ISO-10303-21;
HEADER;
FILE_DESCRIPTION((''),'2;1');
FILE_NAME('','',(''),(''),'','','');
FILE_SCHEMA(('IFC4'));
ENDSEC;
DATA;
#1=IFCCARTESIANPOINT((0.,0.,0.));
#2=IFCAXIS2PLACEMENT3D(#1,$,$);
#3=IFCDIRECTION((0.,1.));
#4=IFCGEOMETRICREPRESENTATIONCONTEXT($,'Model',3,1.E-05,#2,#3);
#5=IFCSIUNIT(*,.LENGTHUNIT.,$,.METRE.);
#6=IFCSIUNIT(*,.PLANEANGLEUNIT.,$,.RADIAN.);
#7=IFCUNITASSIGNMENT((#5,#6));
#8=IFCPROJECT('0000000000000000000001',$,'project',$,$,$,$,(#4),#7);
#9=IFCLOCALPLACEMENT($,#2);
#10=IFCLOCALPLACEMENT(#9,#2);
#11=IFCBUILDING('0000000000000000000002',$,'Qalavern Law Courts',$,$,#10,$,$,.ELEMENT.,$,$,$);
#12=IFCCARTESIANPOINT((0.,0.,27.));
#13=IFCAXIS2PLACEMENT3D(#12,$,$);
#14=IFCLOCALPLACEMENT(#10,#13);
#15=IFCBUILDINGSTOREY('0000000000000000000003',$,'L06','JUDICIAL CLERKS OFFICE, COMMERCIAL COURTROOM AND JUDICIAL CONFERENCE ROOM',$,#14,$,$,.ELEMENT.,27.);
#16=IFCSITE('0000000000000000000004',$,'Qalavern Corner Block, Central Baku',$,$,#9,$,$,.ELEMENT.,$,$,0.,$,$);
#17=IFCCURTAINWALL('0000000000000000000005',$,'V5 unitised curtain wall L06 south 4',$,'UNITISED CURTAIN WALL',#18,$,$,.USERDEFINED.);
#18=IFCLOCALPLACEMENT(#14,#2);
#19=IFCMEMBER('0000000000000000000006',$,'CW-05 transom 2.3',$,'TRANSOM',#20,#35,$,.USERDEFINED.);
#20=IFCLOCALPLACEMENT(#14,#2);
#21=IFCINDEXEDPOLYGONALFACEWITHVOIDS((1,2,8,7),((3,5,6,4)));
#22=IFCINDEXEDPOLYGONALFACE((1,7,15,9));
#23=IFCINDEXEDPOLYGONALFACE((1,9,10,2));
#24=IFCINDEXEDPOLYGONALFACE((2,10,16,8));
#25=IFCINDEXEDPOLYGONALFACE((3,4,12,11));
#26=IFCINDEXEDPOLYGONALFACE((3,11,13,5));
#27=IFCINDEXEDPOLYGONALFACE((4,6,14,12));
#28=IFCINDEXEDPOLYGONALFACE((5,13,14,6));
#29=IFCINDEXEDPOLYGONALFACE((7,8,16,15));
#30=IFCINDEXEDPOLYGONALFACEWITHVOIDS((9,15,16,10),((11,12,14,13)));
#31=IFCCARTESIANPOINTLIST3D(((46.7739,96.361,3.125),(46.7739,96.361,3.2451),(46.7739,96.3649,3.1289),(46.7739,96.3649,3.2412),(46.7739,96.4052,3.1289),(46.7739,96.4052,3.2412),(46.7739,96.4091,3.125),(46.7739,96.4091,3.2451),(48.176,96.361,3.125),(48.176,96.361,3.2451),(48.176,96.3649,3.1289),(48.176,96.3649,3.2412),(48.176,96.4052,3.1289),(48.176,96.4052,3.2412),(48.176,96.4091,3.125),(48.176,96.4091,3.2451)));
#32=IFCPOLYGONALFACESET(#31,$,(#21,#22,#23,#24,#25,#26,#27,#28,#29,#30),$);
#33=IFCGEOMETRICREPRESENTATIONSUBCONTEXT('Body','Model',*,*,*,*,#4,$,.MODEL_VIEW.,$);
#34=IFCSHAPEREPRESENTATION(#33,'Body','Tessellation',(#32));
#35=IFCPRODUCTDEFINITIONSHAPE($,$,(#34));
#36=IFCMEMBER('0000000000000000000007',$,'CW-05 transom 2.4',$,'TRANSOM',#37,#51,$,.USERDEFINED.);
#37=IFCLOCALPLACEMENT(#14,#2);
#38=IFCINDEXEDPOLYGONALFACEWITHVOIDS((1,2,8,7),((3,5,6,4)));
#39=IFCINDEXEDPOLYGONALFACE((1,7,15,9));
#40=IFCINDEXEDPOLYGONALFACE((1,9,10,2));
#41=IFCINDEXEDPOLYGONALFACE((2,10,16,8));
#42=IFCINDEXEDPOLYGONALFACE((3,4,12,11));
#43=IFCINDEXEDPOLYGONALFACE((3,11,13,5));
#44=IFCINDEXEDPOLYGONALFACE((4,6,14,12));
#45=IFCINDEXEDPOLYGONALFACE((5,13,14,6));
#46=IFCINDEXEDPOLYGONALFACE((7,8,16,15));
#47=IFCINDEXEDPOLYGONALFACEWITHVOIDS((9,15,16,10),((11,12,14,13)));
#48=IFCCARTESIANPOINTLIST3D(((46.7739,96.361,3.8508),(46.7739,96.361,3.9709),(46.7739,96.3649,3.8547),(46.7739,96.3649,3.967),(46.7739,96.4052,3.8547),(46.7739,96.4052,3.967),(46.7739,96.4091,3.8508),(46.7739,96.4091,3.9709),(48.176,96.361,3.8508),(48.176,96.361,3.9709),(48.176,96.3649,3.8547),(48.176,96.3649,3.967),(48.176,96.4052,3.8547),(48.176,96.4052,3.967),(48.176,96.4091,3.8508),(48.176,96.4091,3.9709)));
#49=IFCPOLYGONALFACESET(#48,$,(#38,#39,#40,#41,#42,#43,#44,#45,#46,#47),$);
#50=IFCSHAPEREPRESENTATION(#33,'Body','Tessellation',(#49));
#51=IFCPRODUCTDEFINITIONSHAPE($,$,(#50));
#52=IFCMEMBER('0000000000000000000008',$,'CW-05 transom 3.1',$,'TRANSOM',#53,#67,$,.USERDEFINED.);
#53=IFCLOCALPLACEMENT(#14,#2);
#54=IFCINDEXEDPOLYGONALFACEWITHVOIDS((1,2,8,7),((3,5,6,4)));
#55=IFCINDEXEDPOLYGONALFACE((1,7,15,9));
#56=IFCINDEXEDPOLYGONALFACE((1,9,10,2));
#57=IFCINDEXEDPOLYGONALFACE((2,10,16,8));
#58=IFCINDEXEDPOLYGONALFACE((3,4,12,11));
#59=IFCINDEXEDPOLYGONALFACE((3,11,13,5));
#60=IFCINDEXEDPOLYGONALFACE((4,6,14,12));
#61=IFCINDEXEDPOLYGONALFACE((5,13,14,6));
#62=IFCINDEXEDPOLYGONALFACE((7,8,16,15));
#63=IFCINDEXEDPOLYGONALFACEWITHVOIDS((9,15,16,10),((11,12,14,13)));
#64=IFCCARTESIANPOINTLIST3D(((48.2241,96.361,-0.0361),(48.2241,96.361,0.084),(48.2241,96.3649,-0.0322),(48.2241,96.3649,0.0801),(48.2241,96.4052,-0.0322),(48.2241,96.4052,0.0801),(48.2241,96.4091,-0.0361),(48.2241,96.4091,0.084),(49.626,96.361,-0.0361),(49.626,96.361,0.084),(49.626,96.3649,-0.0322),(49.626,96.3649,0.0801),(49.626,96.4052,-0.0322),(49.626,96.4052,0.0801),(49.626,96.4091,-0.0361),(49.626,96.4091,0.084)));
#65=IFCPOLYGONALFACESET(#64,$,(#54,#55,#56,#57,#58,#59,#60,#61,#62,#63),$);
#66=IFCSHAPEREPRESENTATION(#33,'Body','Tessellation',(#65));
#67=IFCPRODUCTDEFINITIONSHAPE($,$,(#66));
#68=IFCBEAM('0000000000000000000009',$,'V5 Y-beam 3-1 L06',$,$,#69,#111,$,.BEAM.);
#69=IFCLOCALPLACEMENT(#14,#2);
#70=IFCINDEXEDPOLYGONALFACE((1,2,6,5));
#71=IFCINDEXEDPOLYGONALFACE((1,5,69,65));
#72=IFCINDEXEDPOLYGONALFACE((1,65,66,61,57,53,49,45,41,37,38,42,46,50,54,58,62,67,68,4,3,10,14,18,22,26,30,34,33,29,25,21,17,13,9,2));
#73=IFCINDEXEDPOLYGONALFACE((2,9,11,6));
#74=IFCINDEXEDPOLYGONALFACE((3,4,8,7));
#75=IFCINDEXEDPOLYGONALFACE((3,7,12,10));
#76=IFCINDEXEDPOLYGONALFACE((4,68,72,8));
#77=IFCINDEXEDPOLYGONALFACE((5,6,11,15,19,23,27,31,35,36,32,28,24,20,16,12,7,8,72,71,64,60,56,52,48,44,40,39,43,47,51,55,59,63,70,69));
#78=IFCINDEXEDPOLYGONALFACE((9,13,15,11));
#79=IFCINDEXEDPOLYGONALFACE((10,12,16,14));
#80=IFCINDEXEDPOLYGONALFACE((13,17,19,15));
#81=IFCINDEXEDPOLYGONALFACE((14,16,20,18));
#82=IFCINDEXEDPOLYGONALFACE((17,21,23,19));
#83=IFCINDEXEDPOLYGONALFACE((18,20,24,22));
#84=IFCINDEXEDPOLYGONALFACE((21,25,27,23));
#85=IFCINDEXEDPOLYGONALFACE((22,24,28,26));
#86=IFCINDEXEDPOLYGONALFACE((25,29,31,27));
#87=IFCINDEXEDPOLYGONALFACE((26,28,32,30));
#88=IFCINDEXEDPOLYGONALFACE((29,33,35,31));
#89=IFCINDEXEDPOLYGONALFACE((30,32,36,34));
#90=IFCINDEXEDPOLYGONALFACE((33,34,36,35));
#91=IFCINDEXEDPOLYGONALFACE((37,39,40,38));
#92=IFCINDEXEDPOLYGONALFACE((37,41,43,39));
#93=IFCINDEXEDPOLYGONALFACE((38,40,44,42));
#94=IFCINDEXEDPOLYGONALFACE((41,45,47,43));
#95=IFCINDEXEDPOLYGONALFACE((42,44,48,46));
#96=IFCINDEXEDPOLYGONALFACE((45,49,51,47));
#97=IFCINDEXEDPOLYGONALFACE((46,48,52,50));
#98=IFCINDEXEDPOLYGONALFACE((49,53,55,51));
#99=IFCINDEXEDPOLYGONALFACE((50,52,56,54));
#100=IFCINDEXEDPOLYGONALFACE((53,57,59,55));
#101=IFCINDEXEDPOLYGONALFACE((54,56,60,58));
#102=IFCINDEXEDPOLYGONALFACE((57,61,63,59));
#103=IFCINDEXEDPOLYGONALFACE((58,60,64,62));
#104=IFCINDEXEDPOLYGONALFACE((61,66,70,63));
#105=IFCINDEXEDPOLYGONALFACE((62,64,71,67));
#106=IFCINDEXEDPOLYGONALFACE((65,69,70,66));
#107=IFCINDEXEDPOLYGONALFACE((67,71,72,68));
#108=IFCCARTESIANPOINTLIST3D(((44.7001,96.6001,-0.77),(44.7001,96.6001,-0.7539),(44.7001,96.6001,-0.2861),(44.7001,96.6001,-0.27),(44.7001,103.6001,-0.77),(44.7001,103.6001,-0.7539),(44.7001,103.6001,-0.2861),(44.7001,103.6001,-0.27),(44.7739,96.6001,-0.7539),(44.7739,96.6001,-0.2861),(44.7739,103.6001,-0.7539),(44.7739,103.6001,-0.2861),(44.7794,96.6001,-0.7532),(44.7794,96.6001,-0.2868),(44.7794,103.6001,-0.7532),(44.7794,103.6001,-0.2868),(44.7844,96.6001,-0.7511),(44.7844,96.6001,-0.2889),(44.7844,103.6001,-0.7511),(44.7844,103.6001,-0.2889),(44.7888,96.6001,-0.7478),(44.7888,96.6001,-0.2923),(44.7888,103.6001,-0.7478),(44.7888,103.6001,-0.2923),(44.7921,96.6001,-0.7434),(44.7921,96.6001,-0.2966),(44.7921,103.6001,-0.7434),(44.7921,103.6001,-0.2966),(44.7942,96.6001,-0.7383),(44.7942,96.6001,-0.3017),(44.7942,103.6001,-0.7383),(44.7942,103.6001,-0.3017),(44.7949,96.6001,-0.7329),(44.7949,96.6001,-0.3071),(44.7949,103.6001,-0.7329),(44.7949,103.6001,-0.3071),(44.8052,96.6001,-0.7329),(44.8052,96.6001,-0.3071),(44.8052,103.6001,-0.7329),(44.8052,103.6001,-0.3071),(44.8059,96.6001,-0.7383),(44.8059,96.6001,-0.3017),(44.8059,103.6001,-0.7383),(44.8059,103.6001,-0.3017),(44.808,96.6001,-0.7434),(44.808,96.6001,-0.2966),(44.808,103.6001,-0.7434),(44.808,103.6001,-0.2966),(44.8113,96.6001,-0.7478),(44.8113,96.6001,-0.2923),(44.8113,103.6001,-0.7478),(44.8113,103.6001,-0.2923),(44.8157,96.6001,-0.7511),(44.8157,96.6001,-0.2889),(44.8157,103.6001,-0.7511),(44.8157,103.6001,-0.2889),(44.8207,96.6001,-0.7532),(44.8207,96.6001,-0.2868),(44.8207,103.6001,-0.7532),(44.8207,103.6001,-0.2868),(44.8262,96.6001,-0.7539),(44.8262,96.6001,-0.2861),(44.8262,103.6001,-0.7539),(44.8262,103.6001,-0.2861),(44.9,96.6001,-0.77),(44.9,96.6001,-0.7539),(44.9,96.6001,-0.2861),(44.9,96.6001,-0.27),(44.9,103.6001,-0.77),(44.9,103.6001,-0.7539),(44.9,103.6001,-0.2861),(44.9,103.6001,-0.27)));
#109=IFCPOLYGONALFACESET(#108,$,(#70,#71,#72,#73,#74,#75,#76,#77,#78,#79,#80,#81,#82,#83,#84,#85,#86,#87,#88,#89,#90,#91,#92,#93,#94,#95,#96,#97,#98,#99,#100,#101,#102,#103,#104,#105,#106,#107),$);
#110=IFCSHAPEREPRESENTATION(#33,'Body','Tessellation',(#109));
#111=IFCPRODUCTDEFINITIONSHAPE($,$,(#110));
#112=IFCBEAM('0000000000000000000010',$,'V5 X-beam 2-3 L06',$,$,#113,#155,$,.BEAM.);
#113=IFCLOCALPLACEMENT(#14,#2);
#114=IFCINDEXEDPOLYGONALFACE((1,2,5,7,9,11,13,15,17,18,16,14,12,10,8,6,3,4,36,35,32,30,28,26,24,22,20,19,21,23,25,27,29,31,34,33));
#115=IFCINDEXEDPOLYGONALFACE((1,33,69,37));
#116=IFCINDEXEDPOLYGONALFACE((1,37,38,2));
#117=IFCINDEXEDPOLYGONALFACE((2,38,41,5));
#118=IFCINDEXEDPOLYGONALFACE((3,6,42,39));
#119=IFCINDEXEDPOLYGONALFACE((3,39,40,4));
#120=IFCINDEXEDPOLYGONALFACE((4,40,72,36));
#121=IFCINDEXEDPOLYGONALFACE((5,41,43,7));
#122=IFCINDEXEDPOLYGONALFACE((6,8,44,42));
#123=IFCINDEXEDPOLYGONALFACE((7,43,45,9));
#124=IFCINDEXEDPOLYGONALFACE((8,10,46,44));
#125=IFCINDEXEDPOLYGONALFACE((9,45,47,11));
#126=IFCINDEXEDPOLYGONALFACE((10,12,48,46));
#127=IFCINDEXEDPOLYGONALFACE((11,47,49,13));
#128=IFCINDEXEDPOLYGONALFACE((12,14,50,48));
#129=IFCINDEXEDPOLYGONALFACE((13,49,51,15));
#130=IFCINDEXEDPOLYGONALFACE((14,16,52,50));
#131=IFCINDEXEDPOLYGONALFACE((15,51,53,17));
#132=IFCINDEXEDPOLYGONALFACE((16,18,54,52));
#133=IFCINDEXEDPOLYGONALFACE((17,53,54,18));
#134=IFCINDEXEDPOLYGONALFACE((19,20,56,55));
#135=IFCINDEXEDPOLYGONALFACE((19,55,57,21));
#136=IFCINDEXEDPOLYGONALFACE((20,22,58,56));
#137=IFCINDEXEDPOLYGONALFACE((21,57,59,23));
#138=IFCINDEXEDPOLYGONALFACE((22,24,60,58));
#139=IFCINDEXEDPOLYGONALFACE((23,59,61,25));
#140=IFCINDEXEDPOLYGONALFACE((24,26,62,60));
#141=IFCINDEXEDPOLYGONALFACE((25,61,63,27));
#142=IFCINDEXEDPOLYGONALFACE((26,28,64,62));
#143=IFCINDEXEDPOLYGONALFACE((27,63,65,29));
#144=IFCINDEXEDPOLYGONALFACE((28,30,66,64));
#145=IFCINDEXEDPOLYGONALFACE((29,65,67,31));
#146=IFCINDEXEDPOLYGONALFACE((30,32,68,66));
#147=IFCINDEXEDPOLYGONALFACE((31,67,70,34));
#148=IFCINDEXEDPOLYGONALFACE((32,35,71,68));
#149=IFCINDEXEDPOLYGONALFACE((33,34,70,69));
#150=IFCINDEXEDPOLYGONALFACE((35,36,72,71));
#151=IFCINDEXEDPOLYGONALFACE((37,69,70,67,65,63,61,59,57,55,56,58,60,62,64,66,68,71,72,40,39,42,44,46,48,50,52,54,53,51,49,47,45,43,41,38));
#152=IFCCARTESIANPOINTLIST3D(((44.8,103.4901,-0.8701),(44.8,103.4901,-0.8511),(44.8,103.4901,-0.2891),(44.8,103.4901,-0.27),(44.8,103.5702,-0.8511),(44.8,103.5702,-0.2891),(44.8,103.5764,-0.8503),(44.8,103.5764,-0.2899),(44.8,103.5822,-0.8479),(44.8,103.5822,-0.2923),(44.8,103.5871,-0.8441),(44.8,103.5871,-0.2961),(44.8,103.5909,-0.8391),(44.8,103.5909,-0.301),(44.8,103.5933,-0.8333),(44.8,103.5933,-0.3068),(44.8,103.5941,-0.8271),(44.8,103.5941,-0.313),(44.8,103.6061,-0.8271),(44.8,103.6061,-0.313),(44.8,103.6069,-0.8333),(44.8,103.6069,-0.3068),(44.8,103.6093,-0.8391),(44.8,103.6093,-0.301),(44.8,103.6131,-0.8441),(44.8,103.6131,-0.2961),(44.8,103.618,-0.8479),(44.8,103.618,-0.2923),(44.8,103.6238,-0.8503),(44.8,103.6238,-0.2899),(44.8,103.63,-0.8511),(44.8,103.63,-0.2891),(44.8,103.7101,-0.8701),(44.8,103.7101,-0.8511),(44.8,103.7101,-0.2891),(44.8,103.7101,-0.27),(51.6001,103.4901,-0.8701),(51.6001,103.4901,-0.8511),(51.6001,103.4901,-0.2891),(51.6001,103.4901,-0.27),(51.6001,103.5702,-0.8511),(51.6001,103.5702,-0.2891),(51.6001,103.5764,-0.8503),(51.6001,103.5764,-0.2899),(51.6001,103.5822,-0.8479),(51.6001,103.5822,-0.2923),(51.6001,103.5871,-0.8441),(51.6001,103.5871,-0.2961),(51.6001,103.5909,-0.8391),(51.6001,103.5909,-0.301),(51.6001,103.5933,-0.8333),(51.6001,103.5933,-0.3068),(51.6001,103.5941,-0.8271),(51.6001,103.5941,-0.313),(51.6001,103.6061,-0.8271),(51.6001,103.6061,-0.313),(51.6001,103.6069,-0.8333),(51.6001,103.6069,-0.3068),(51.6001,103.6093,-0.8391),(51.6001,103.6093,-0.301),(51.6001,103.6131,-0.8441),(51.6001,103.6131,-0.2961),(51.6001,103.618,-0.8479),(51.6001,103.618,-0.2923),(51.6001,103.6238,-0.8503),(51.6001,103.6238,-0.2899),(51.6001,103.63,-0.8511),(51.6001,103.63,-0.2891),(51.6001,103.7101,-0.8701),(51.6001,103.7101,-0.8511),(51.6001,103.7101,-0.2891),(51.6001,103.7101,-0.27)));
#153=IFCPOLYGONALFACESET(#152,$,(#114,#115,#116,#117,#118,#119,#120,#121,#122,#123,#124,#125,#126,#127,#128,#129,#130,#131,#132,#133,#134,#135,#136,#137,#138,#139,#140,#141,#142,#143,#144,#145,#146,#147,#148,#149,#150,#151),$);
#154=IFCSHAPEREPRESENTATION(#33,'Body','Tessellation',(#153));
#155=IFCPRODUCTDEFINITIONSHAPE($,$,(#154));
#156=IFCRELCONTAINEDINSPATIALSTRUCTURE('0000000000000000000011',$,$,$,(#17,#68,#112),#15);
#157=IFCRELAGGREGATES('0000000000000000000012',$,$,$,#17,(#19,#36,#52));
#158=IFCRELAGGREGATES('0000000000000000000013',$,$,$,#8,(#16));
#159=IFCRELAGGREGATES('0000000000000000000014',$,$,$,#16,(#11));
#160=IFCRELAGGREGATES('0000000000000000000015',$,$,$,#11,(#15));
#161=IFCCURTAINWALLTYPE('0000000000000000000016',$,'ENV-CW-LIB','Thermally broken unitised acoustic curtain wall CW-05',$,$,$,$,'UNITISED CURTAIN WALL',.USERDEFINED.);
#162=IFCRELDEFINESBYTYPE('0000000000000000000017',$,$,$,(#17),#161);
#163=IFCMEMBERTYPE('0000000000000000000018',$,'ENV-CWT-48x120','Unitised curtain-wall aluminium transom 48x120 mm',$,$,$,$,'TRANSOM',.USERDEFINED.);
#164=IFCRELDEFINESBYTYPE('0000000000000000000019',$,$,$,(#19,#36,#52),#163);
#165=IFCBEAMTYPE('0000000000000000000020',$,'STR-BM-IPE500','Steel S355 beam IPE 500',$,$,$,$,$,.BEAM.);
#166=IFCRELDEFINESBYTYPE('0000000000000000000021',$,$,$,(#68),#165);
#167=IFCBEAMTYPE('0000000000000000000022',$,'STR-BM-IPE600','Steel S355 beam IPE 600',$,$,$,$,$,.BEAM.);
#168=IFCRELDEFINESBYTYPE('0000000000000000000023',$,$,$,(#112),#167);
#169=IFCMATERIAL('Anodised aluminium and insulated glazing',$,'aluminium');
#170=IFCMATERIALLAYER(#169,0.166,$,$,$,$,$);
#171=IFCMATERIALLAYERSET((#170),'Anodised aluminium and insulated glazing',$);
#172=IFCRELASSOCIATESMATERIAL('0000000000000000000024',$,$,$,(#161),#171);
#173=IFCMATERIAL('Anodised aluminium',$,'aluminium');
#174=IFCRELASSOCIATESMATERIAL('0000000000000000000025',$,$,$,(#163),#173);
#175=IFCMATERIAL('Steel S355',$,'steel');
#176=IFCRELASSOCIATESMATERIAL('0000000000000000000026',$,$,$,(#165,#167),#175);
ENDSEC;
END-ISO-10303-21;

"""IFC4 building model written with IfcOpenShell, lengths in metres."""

from ifc_helpers import new_model, si_unit, direction, frame, origin, origin_2d, place, context, subcontext, project, spatial, hollow_rectangle, i_section, extrude, material, layer, layer_set, material_profile, profile_set, type_object, element, aggregate, save


model = new_model("IFC4")

# Units and contexts
model_context = context("Model", 3, precision=1e-05, world=origin(), true_north=direction((0.0, 1.0)))
body_context = subcontext(model_context, "Body", "Model", "MODEL_VIEW")
ifc_project = project(units=[si_unit("LENGTHUNIT", "METRE"), si_unit("PLANEANGLEUNIT", "RADIAN")], contexts=[model_context])

# Site, building, storey
site_placement = place(None, origin())
site = spatial("IfcSite", under=ifc_project, at=site_placement, Name="Qalavern Corner Block, Central Baku", CompositionType="ELEMENT", RefElevation=0.0)
building_placement = place(site_placement, origin())
building = spatial("IfcBuilding", under=site, at=building_placement, Name="Qalavern Law Courts", CompositionType="ELEMENT")
storey_placement = place(building_placement, frame((0.0, 0.0, 27.0)))
storey = spatial("IfcBuildingStorey", under=building, at=storey_placement, Name="L06", Description="JUDICIAL CLERKS OFFICE, COMMERCIAL COURTROOM AND JUDICIAL CONFERENCE ROOM", CompositionType="ELEMENT", Elevation=27.0)

# Curtain wall, members
ifc_material_1 = material(Name="Anodised aluminium and insulated glazing", Category="aluminium")
ifc_layer_1 = layer(ifc_material_1, 0.166)
ifc_layer_set_1 = layer_set([ifc_layer_1], Name="Anodised aluminium and insulated glazing")
curtain_wall_type = type_object("IfcCurtainWallType", Name="ENV-CW-LIB", Description="Thermally broken unitised acoustic curtain wall CW-05", ElementType="UNITISED CURTAIN WALL", PredefinedType="USERDEFINED", material=ifc_layer_set_1)
curtain_wall_placement = place(storey_placement, origin())
curtain_wall = element("IfcCurtainWall", 1, at=curtain_wall_placement, inside=storey, type_object=curtain_wall_type, Name="V5 unitised curtain wall L06 south 4", ObjectType="UNITISED CURTAIN WALL", PredefinedType="USERDEFINED")
ifc_material_2 = material(Name="Anodised aluminium", Category="aluminium")
ifc_material_profile_1 = material_profile(ifc_material_2, hollow_rectangle(XDim=0.0481, YDim=0.1201, WallThickness=0.0039, at=origin_2d()), Name="ALU TRANSOM 48x120")
ifc_profile_set_1 = profile_set([ifc_material_profile_1], Name="Anodised aluminium")
member_type_1 = type_object("IfcMemberType", Name="ENV-CWT-48x120", Description="Unitised curtain-wall aluminium transom 48x120 mm", ElementType="TRANSOM", PredefinedType="USERDEFINED", material=ifc_profile_set_1)
member_1_placement = place(storey_placement, frame((46.7739, 96.385, 3.1851), z_axis=(1.0, 0.0, 0.0), x_axis=(0.0, 1.0, 0.0)))
member_1 = element("IfcMember", 2, at=member_1_placement, type_object=member_type_1, Name="CW-05 transom 2.3", ObjectType="TRANSOM", PredefinedType="USERDEFINED", context=body_context, shape_type="SweptSolid", body=[
    extrude(hollow_rectangle(XDim=0.0481, YDim=0.1201, WallThickness=0.0039, at=origin_2d()), origin(), (0.0, 0.0, 1.0), 1.4021),
])
member_2_placement = place(storey_placement, frame((46.7739, 96.385, 3.9109), z_axis=(1.0, 0.0, 0.0), x_axis=(0.0, 1.0, 0.0)))
member_2 = element("IfcMember", 3, at=member_2_placement, type_object=member_type_1, Name="CW-05 transom 2.4", ObjectType="TRANSOM", PredefinedType="USERDEFINED", context=body_context, shape_type="SweptSolid", body=[
    extrude(hollow_rectangle(XDim=0.0481, YDim=0.1201, WallThickness=0.0039, at=origin_2d()), origin(), (0.0, 0.0, 1.0), 1.4021),
])
member_3_placement = place(storey_placement, frame((48.2241, 96.385, 0.0239), z_axis=(1.0, 0.0, 0.0), x_axis=(0.0, 1.0, 0.0)))
member_3 = element("IfcMember", 4, at=member_3_placement, type_object=member_type_1, Name="CW-05 transom 3.1", ObjectType="TRANSOM", PredefinedType="USERDEFINED", context=body_context, shape_type="SweptSolid", body=[
    extrude(hollow_rectangle(XDim=0.0481, YDim=0.1201, WallThickness=0.0039, at=origin_2d()), origin(), (0.0, 0.0, 1.0), 1.4019),
])

# Beams
ifc_material_3 = material(Name="Steel S355", Category="steel")
ifc_material_profile_2 = material_profile(ifc_material_3, i_section(OverallWidth=0.2, OverallDepth=0.5, WebThickness=0.0103, FlangeThickness=0.0161, FilletRadius=0.021, at=origin_2d()), Name="IPE 500")
ifc_profile_set_2 = profile_set([ifc_material_profile_2], Name="Steel S355")
beam_type_1 = type_object("IfcBeamType", Name="STR-BM-IPE500", Description="Steel S355 beam IPE 500", PredefinedType="BEAM", material=ifc_profile_set_2)
beam_1_placement = place(storey_placement, frame((44.8, 96.6001, -0.52), z_axis=(0.0, 1.0, 0.0), x_axis=(-1.0, 0.0, 0.0)))
element("IfcBeam", 5, at=beam_1_placement, inside=storey, type_object=beam_type_1, Name="V5 Y-beam 3-1 L06", PredefinedType="BEAM", context=body_context, shape_type="SweptSolid", body=[
    extrude(i_section(OverallWidth=0.2, OverallDepth=0.5, WebThickness=0.0103, FlangeThickness=0.0161, FilletRadius=0.021, at=origin_2d()), origin(), (0.0, 0.0, 1.0), 7.0),
])
ifc_material_profile_3 = material_profile(ifc_material_3, i_section(OverallWidth=0.22, OverallDepth=0.6001, WebThickness=0.012, FlangeThickness=0.019, FilletRadius=0.0239, at=origin_2d()), Name="IPE 600")
ifc_profile_set_3 = profile_set([ifc_material_profile_3], Name="Steel S355")
beam_type_2 = type_object("IfcBeamType", Name="STR-BM-IPE600", Description="Steel S355 beam IPE 600", PredefinedType="BEAM", material=ifc_profile_set_3)
beam_2_placement = place(storey_placement, frame((44.8, 103.6001, -0.5701), z_axis=(1.0, 0.0, 0.0), x_axis=(0.0, 1.0, 0.0)))
element("IfcBeam", 6, at=beam_2_placement, inside=storey, type_object=beam_type_2, Name="V5 X-beam 2-3 L06", PredefinedType="BEAM", context=body_context, shape_type="SweptSolid", body=[
    extrude(i_section(OverallWidth=0.22, OverallDepth=0.6001, WebThickness=0.012, FlangeThickness=0.019, FilletRadius=0.0239, at=origin_2d()), origin(), (0.0, 0.0, 1.0), 6.8),
])

aggregate(curtain_wall, [member_1, member_2, member_3])

save(model, "model.ifc")
